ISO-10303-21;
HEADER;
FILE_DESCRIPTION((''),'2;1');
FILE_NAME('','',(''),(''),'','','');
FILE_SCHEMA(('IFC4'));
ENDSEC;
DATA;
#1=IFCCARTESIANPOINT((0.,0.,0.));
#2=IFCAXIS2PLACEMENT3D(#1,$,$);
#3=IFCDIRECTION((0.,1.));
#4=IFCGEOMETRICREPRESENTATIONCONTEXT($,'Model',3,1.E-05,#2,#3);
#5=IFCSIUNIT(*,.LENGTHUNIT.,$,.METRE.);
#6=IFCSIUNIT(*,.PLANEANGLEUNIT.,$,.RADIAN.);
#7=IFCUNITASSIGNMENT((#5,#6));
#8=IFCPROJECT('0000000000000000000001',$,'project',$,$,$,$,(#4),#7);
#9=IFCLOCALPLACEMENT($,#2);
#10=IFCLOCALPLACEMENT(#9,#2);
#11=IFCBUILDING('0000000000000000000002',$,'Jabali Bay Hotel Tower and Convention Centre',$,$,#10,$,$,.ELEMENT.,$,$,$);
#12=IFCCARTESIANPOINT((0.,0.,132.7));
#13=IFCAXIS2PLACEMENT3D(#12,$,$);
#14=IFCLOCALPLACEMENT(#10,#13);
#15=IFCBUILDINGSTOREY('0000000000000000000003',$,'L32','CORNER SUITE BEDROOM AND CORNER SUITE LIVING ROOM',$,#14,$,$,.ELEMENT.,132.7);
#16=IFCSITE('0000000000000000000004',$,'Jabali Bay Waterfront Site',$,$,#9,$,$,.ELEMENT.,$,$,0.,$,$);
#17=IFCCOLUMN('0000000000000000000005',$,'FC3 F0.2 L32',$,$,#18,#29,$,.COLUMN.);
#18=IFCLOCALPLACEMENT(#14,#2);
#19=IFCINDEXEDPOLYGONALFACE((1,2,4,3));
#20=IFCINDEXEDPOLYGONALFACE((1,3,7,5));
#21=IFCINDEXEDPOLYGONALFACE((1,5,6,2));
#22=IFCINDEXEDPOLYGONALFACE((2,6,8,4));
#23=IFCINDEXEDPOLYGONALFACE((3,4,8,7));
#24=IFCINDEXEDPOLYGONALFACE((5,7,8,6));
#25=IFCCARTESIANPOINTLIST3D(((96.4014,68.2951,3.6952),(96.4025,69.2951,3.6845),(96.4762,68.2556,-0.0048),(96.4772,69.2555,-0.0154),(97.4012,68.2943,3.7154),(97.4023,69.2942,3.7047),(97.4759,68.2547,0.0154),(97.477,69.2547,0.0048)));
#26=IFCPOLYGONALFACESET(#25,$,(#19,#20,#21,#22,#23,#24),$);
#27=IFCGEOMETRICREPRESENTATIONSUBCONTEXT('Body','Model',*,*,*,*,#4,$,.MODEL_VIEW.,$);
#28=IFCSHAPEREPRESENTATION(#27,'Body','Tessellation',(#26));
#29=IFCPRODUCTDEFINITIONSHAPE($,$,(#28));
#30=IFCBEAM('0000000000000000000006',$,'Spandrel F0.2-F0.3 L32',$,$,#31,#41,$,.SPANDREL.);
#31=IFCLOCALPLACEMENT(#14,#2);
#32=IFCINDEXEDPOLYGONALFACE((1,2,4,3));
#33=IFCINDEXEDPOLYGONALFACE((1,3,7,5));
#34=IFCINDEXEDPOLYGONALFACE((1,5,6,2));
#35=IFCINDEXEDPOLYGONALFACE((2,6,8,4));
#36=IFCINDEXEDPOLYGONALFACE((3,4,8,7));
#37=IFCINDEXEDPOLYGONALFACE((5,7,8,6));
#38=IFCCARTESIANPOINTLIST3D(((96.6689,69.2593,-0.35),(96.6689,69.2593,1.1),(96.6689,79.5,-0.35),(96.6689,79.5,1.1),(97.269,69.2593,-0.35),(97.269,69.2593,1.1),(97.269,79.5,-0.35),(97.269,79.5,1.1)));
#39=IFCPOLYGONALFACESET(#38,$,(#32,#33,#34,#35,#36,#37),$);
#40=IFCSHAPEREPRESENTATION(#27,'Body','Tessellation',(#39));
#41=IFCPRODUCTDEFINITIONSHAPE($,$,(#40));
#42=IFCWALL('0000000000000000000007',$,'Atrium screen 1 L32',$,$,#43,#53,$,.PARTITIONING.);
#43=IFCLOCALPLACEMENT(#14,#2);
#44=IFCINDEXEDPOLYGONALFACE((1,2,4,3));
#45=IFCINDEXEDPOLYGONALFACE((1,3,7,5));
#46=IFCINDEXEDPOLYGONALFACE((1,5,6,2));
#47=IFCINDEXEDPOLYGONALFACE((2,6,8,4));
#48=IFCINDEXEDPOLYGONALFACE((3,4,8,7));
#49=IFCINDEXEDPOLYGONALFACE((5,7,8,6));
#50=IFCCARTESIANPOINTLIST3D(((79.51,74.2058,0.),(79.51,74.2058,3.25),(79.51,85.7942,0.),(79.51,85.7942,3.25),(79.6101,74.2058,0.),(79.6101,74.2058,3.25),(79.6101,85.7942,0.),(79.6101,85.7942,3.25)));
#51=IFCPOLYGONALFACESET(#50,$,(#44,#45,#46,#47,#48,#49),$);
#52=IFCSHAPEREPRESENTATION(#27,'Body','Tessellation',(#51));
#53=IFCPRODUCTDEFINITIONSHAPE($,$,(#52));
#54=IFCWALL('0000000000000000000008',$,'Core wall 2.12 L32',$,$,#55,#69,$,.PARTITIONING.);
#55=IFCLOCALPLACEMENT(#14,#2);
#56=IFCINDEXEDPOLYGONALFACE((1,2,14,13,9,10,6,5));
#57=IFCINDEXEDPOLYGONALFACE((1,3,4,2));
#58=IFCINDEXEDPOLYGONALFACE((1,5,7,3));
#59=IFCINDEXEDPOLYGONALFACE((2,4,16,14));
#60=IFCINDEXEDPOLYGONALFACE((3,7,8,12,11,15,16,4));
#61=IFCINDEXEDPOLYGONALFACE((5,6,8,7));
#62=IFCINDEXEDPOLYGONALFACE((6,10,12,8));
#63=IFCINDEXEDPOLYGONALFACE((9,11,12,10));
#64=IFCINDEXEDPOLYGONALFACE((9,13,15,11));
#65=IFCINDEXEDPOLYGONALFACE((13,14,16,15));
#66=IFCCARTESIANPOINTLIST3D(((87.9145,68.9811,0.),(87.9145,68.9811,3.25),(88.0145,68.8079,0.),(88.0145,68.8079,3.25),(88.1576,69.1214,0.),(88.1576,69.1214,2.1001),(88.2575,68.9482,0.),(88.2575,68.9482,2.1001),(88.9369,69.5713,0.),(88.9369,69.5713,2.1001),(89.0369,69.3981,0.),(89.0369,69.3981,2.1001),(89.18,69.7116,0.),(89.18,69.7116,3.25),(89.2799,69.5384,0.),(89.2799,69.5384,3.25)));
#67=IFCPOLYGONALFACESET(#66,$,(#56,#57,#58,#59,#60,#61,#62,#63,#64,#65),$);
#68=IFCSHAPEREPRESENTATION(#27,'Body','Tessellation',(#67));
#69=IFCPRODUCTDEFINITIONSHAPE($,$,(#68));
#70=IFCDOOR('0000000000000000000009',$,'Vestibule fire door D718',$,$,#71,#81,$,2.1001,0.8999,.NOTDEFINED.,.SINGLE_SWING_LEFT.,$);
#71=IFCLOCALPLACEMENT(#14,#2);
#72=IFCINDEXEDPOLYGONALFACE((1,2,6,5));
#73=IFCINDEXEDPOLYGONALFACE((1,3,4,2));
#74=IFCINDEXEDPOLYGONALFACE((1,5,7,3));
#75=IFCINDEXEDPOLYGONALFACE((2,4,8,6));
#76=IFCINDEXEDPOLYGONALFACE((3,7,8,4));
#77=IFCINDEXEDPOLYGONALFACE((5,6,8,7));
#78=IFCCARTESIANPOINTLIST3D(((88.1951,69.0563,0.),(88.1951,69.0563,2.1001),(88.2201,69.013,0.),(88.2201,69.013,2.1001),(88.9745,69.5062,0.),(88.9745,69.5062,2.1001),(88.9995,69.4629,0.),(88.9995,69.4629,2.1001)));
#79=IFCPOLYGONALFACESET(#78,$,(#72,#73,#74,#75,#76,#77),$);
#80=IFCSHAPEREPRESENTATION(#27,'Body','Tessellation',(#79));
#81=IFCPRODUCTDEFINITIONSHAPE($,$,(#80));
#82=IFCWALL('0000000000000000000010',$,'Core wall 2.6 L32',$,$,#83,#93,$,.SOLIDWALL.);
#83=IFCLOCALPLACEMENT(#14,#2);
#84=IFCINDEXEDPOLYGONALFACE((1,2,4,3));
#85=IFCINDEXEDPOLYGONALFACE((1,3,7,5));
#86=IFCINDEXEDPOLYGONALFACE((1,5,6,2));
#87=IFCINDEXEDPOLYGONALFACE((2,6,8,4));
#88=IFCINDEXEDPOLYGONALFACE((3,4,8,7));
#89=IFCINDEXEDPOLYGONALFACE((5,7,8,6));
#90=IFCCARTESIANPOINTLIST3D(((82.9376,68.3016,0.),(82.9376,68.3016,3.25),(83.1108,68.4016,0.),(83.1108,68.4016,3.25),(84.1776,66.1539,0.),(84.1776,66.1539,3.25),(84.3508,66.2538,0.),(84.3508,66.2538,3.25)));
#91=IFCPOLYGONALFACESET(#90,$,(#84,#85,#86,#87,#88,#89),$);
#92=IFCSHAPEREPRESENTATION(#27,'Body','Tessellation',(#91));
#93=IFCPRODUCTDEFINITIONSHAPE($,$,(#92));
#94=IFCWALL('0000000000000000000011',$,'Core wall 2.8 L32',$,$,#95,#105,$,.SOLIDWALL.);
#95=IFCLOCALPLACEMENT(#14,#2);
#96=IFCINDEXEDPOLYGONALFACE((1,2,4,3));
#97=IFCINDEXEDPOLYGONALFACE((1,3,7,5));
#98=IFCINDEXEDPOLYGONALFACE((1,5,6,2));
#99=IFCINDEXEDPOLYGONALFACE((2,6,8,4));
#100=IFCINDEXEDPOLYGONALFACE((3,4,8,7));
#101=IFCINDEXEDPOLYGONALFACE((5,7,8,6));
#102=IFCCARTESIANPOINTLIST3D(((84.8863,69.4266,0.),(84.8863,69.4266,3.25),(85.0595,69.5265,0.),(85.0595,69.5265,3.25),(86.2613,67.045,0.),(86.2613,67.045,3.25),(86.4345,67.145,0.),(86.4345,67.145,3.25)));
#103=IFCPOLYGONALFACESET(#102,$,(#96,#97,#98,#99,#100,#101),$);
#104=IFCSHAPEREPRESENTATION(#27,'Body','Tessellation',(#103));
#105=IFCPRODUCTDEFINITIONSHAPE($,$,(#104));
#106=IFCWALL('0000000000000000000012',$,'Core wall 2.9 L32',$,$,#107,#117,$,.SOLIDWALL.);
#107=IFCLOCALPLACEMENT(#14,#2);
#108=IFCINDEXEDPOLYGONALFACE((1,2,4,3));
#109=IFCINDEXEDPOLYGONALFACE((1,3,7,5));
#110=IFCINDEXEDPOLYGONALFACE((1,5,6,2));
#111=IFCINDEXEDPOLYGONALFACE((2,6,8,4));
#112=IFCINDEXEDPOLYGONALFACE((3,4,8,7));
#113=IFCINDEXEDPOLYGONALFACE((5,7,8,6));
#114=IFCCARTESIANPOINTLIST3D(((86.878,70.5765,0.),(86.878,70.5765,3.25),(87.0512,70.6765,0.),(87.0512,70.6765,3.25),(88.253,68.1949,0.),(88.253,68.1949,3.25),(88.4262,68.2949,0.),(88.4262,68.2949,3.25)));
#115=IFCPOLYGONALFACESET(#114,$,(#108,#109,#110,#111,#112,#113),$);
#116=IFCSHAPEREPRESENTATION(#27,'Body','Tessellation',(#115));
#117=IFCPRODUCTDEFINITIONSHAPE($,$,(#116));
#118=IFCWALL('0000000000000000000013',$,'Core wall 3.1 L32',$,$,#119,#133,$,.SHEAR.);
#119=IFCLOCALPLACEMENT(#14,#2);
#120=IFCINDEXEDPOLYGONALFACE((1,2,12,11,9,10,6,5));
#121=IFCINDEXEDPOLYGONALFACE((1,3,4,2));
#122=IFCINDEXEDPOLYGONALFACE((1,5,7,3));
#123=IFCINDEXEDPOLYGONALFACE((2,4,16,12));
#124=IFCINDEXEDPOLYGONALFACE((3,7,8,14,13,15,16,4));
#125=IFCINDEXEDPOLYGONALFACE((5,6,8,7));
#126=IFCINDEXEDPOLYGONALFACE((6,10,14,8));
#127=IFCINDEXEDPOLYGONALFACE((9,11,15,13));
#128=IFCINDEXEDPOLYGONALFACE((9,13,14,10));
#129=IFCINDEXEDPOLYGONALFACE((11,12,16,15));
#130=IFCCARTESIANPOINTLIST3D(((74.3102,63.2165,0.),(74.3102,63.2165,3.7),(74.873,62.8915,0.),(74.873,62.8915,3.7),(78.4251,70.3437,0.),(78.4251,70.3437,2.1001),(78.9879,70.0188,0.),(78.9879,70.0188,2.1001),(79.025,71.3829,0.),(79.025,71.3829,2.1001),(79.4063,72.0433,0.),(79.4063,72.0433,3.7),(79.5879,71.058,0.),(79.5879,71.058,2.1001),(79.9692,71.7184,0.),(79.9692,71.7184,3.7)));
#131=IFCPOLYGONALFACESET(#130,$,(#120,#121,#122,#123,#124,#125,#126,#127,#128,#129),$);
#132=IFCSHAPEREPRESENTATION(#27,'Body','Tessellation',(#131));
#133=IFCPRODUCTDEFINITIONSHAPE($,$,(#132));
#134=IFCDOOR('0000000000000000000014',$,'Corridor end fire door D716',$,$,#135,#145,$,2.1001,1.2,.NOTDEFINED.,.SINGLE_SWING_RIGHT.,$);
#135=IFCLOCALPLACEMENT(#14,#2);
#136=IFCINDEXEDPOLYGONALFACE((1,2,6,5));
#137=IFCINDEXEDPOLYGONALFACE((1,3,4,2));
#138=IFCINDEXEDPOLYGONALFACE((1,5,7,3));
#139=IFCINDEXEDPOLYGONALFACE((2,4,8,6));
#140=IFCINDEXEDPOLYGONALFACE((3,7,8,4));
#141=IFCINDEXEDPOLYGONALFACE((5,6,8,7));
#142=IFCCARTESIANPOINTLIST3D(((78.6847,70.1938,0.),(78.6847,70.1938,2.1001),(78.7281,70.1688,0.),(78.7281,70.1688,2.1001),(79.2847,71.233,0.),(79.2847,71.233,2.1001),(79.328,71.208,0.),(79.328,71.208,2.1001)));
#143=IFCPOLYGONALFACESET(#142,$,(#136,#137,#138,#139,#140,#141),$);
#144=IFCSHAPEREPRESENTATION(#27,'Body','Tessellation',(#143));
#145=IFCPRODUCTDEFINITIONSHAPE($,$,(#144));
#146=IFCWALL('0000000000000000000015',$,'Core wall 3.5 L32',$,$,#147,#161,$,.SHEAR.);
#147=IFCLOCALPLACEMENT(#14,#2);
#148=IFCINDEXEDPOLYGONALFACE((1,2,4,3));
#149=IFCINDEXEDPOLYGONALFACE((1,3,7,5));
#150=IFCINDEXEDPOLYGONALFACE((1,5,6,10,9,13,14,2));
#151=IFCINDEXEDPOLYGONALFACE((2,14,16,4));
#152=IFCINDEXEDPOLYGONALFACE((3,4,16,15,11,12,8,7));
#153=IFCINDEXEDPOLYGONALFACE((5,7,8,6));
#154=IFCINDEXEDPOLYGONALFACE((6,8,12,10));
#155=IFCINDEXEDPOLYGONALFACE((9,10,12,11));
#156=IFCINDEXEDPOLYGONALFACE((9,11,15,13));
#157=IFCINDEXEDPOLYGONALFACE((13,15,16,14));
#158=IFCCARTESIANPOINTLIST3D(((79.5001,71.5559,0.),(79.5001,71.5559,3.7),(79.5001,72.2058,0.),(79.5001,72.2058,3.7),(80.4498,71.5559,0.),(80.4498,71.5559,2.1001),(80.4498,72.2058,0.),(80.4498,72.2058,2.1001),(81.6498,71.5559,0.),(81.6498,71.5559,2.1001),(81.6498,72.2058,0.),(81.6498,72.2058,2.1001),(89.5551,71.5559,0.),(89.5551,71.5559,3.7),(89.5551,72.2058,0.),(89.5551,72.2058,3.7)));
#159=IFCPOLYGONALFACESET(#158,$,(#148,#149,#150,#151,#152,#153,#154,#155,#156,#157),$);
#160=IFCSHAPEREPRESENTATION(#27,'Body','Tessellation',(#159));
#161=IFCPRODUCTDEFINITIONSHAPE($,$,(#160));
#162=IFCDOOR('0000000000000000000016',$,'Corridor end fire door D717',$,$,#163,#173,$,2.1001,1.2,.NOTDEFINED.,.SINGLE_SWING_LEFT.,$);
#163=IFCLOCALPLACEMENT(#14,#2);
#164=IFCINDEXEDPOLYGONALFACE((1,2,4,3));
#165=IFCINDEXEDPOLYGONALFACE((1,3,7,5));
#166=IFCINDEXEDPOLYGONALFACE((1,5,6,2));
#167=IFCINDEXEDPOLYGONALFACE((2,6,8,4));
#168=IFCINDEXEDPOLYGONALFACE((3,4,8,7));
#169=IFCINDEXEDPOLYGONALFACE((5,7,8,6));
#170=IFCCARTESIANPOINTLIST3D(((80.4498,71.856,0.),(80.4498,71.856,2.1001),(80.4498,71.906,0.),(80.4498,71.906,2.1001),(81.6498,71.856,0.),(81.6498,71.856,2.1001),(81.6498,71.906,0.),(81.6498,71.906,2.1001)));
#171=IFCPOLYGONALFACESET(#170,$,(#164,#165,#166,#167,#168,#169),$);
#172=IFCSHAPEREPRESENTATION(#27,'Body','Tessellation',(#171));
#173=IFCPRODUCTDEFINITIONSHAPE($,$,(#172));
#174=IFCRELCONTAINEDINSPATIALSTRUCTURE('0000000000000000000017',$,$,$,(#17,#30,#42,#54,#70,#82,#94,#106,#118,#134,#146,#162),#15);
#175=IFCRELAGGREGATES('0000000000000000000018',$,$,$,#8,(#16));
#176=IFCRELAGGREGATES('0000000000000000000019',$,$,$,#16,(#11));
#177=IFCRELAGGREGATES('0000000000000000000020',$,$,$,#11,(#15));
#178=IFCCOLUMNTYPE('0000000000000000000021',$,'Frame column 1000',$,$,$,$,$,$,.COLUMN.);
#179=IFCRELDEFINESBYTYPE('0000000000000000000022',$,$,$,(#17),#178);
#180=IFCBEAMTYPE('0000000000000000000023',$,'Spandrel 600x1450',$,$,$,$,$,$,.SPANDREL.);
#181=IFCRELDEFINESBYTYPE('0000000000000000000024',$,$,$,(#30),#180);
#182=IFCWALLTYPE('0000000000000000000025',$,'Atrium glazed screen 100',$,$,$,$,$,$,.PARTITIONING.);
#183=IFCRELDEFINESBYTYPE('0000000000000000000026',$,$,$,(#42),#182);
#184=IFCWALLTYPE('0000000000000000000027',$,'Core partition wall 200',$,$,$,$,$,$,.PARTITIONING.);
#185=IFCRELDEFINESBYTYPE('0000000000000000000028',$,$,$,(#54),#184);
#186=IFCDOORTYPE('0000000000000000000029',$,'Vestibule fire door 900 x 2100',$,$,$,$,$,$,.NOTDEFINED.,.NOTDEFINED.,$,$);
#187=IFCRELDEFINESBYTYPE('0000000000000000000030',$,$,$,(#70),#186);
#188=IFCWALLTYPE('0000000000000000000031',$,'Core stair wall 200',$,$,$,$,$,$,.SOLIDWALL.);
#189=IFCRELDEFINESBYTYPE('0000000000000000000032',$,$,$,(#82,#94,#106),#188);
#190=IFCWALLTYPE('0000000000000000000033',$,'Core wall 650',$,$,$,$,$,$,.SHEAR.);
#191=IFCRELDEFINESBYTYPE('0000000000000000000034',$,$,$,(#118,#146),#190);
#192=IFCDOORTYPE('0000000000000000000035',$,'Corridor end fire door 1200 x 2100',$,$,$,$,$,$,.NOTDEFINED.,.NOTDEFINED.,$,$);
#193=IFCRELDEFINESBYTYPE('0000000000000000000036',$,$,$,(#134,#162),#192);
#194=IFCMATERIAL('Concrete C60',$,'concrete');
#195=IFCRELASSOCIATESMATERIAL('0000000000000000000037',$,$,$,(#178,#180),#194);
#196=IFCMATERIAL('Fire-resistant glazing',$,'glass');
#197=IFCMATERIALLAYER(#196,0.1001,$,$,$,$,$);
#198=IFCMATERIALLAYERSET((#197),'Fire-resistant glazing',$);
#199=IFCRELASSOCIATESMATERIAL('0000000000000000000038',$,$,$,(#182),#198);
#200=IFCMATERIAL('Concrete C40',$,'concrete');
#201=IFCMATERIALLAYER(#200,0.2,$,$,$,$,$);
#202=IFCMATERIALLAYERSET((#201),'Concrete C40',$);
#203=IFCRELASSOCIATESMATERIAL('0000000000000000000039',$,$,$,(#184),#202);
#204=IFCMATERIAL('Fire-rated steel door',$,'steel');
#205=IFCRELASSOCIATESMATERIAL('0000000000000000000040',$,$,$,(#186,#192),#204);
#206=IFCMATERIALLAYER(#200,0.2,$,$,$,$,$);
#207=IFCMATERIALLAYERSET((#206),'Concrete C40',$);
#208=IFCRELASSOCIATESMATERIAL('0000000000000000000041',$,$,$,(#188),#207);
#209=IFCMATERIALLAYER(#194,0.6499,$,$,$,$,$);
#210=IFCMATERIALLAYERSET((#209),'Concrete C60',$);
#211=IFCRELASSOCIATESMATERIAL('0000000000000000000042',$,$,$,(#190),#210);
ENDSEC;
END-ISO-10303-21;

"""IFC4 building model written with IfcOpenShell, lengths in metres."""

from ifc_helpers import new_model, si_unit, direction, frame, frame_2d, origin, origin_2d, place, context, subcontext, project, spatial, rectangle, extrude, material, layer, layer_set, material_profile, profile_set, type_object, element, fill, save


model = new_model("IFC4")

# Units and contexts
model_context = context("Model", 3, precision=1e-05, world=origin(), true_north=direction((0.0, 1.0)))
body_context = subcontext(model_context, "Body", "Model", "MODEL_VIEW")
ifc_project = project(units=[si_unit("LENGTHUNIT", "METRE"), si_unit("PLANEANGLEUNIT", "RADIAN")], contexts=[model_context])

# Site, building, storey
site_placement = place(None, origin())
site = spatial("IfcSite", under=ifc_project, at=site_placement, Name="Jabali Bay Waterfront Site", CompositionType="ELEMENT", RefElevation=0.0)
building_placement = place(site_placement, origin())
building = spatial("IfcBuilding", under=site, at=building_placement, Name="Jabali Bay Hotel Tower and Convention Centre", CompositionType="ELEMENT")
storey_placement = place(building_placement, frame((0.0, 0.0, 132.7)))
storey = spatial("IfcBuildingStorey", under=building, at=storey_placement, Name="L32", Description="CORNER SUITE BEDROOM AND CORNER SUITE LIVING ROOM", CompositionType="ELEMENT", Elevation=132.7)

# Column
ifc_material_1 = material(Name="Concrete C60", Category="concrete")
ifc_material_profile_1 = material_profile(ifc_material_1, rectangle(XDim=1.0, YDim=1.0, at=origin_2d()), Name="Frame column 1000")
ifc_profile_set_1 = profile_set([ifc_material_profile_1], Name="Concrete C60")
column_type = type_object("IfcColumnType", Name="Frame column 1000", PredefinedType="COLUMN", material=ifc_profile_set_1)
column_placement = place(storey_placement, frame((96.9766, 68.7551, 0.0), z_axis=(-0.020186, 0.010687, 0.999739), x_axis=(-0.001029, -0.999943, 0.010668)))
element("IfcColumn", 1, at=column_placement, inside=storey, type_object=column_type, Name="FC3 F0.2 L32", PredefinedType="COLUMN", context=body_context, shape_type="SweptSolid", body=[
    extrude(rectangle(XDim=1.0, YDim=1.0, at=origin_2d()), origin(), (0.0, 0.0, 1.0), 3.7009),
])

# Beam
ifc_material_profile_2 = material_profile(ifc_material_1, rectangle(XDim=0.6001, YDim=1.45, at=origin_2d()), Name="Spandrel 600x1450")
ifc_profile_set_2 = profile_set([ifc_material_profile_2], Name="Concrete C60")
beam_type = type_object("IfcBeamType", Name="Spandrel 600x1450", PredefinedType="SPANDREL", material=ifc_profile_set_2)
beam_placement = place(storey_placement, frame((96.969, 69.2593, 0.375), z_axis=(0.0, 1.0, 0.0), x_axis=(-1.0, 0.0, 0.0)))
element("IfcBeam", 2, at=beam_placement, inside=storey, type_object=beam_type, Name="Spandrel F0.2-F0.3 L32", PredefinedType="SPANDREL", context=body_context, shape_type="SweptSolid", body=[
    extrude(rectangle(XDim=0.6001, YDim=1.45, at=origin_2d()), origin(), (0.0, 0.0, 1.0), 10.2407),
])

# Wall
ifc_material_2 = material(Name="Fire-resistant glazing", Category="glass")
ifc_layer_1 = layer(ifc_material_2, 0.1001)
ifc_layer_set_1 = layer_set([ifc_layer_1], Name="Fire-resistant glazing")
wall_type_1 = type_object("IfcWallType", Name="Atrium glazed screen 100", PredefinedType="PARTITIONING", material=ifc_layer_set_1)
wall_1_placement = place(storey_placement, frame((79.5601, 74.2058, 0.0), z_axis=(0.0, 0.0, 1.0), x_axis=(0.0, 1.0, 0.0)))
element("IfcWall", 3, at=wall_1_placement, inside=storey, type_object=wall_type_1, Name="Atrium screen 1 L32", PredefinedType="PARTITIONING", context=body_context, shape_type="SweptSolid", body=[
    extrude(rectangle(XDim=11.5884, YDim=0.1001, at=frame_2d((5.7942, 0.0))), origin(), (0.0, 0.0, 1.0), 3.25),
])

# Wall, opening, door
ifc_material_3 = material(Name="Concrete C40", Category="concrete")
ifc_layer_2 = layer(ifc_material_3, 0.2)
ifc_layer_set_2 = layer_set([ifc_layer_2], Name="Concrete C40")
wall_type_2 = type_object("IfcWallType", Name="Core partition wall 200", PredefinedType="PARTITIONING", material=ifc_layer_set_2)
wall_2_placement = place(storey_placement, frame((87.9646, 68.8945, 0.0), z_axis=(0.0, 0.0, 1.0), x_axis=(0.866055, 0.499949, 0.0)))
wall_2 = element("IfcWall", 4, at=wall_2_placement, inside=storey, type_object=wall_type_2, Name="Core wall 2.12 L32", PredefinedType="PARTITIONING", context=body_context, shape_type="SweptSolid", body=[
    extrude(rectangle(XDim=1.4612, YDim=0.2, at=frame_2d((0.7305, 0.0))), origin(), (0.0, 0.0, 1.0), 3.25),
])
opening_1_placement = place(wall_2_placement, frame((0.2805, 0.0, 0.0)))
opening_1 = element("IfcOpeningElement", 5, at=opening_1_placement, cuts=wall_2, PredefinedType="OPENING", context=body_context, shape_type="SweptSolid", body=[
    extrude(rectangle(XDim=0.8999, YDim=2.1001, at=frame_2d((0.45, 1.05))), frame((0.0, 0.1104, 0.0), z_axis=(0.0, -1.0, 0.0), x_axis=(1.0, 0.0, 0.0)), (0.0, 0.0, 1.0), 0.2209),
])
ifc_material_4 = material(Name="Fire-rated steel door", Category="steel")
door_type_1 = type_object("IfcDoorType", Name="Vestibule fire door 900 x 2100", OperationType="NOTDEFINED", PredefinedType="NOTDEFINED", material=ifc_material_4)
door_1_placement = place(opening_1_placement, origin())
door_1 = element("IfcDoor", 6, at=door_1_placement, inside=storey, type_object=door_type_1, Name="Vestibule fire door D718", OperationType="SINGLE_SWING_LEFT", OverallHeight=2.1001, OverallWidth=0.8999, PredefinedType="NOTDEFINED", context=body_context, shape_type="SweptSolid", body=[
    extrude(rectangle(XDim=0.8999, YDim=2.1001, at=frame_2d((0.45, 1.05))), frame((0.0, 0.0249, 0.0), z_axis=(0.0, -1.0, 0.0), x_axis=(1.0, 0.0, 0.0)), (0.0, 0.0, 1.0), 0.05),
])
fill(opening_1, door_1)

# Walls
ifc_layer_3 = layer(ifc_material_3, 0.2)
ifc_layer_set_3 = layer_set([ifc_layer_3], Name="Concrete C40")
wall_type_3 = type_object("IfcWallType", Name="Core stair wall 200", PredefinedType="SOLIDWALL", material=ifc_layer_set_3)
wall_3_placement = place(storey_placement, frame((83.0242, 68.3516, 0.0), z_axis=(0.0, 0.0, 1.0), x_axis=(0.500004, -0.866023, 0.0)))
element("IfcWall", 7, at=wall_3_placement, inside=storey, type_object=wall_type_3, Name="Core wall 2.6 L32", PredefinedType="SOLIDWALL", context=body_context, shape_type="SweptSolid", body=[
    extrude(rectangle(XDim=2.48, YDim=0.2, at=frame_2d((1.24, 0.0))), origin(), (0.0, 0.0, 1.0), 3.25),
])
for number, where, z_axis, x_axis, name in (
    (8, (84.9729, 69.4766, 0.0), (0.0, 0.0, 1.0), (0.499997, -0.866027, 0.0), "Core wall 2.8 L32"),
    (9, (86.9646, 70.6265, 0.0), (0.0, 0.0, 1.0), (0.499997, -0.866027, 0.0), "Core wall 2.9 L32"),
):
    element("IfcWall", number, at=place(storey_placement, frame(where, z_axis=z_axis, x_axis=x_axis)), inside=storey, type_object=wall_type_3, Name=name, PredefinedType="SOLIDWALL", context=body_context, shape_type="SweptSolid", body=[
        extrude(rectangle(XDim=2.75, YDim=0.2, at=frame_2d((1.375, 0.0))), origin(), (0.0, 0.0, 1.0), 3.25),
    ])

# Walls, openings, doors
ifc_layer_4 = layer(ifc_material_1, 0.6499)
ifc_layer_set_4 = layer_set([ifc_layer_4], Name="Concrete C60")
wall_type_4 = type_object("IfcWallType", Name="Core wall 650", PredefinedType="SHEAR", material=ifc_layer_set_4)
wall_4_placement = place(storey_placement, frame((79.6877, 71.8809, 0.0), z_axis=(0.0, 0.0, 1.0), x_axis=(-0.499998, -0.866026, 0.0)))
wall_4 = element("IfcWall", 10, at=wall_4_placement, inside=storey, type_object=wall_type_4, Name="Core wall 3.1 L32", PredefinedType="SHEAR", context=body_context, shape_type="SweptSolid", body=[
    extrude(rectangle(XDim=10.1924, YDim=0.6499, at=frame_2d((5.0962, 0.0))), origin(), (0.0, 0.0, 1.0), 3.7),
])
opening_2_placement = place(wall_4_placement, frame((0.7625, 0.0, 0.0)))
opening_2 = element("IfcOpeningElement", 11, at=opening_2_placement, cuts=wall_4, PredefinedType="OPENING", context=body_context, shape_type="SweptSolid", body=[
    extrude(rectangle(XDim=1.2, YDim=2.1001, at=frame_2d((0.6001, 1.05))), frame((0.0, 0.3354, 0.0), z_axis=(0.0, -1.0, 0.0), x_axis=(1.0, 0.0, 0.0)), (0.0, 0.0, 1.0), 0.6709),
])
door_type_2 = type_object("IfcDoorType", Name="Corridor end fire door 1200 x 2100", OperationType="NOTDEFINED", PredefinedType="NOTDEFINED", material=ifc_material_4)
door_2_placement = place(opening_2_placement, origin())
door_2 = element("IfcDoor", 12, at=door_2_placement, inside=storey, type_object=door_type_2, Name="Corridor end fire door D716", OperationType="SINGLE_SWING_RIGHT", OverallHeight=2.1001, OverallWidth=1.2, PredefinedType="NOTDEFINED", context=body_context, shape_type="SweptSolid", body=[
    extrude(rectangle(XDim=1.2, YDim=2.1001, at=frame_2d((0.6001, 1.05))), frame((0.0, 0.0249, 0.0), z_axis=(0.0, -1.0, 0.0), x_axis=(1.0, 0.0, 0.0)), (0.0, 0.0, 1.0), 0.05),
])
fill(opening_2, door_2)
wall_5_placement = place(storey_placement, frame((89.5549, 71.8809, 0.0), z_axis=(0.0, 0.0, 1.0), x_axis=(-1.0, 0.0, 0.0)))
wall_5 = element("IfcWall", 13, at=wall_5_placement, inside=storey, type_object=wall_type_4, Name="Core wall 3.5 L32", PredefinedType="SHEAR", context=body_context, shape_type="SweptSolid", body=[
    extrude(rectangle(XDim=10.0549, YDim=0.6499, at=frame_2d((5.0273, 0.0))), origin(), (0.0, 0.0, 1.0), 3.7),
])
opening_3_placement = place(wall_5_placement, frame((7.905, 0.0, 0.0)))
opening_3 = element("IfcOpeningElement", 14, at=opening_3_placement, cuts=wall_5, PredefinedType="OPENING", context=body_context, shape_type="SweptSolid", body=[
    extrude(rectangle(XDim=1.2, YDim=2.1001, at=frame_2d((0.6001, 1.05))), frame((0.0, 0.3354, 0.0), z_axis=(0.0, -1.0, 0.0), x_axis=(1.0, 0.0, 0.0)), (0.0, 0.0, 1.0), 0.6709),
])
door_3_placement = place(opening_3_placement, origin())
door_3 = element("IfcDoor", 15, at=door_3_placement, inside=storey, type_object=door_type_2, Name="Corridor end fire door D717", OperationType="SINGLE_SWING_LEFT", OverallHeight=2.1001, OverallWidth=1.2, PredefinedType="NOTDEFINED", context=body_context, shape_type="SweptSolid", body=[
    extrude(rectangle(XDim=1.2, YDim=2.1001, at=frame_2d((0.6001, 1.05))), frame((0.0, 0.0249, 0.0), z_axis=(0.0, -1.0, 0.0), x_axis=(1.0, 0.0, 0.0)), (0.0, 0.0, 1.0), 0.05),
])
fill(opening_3, door_3)

save(model, "model.ifc")
